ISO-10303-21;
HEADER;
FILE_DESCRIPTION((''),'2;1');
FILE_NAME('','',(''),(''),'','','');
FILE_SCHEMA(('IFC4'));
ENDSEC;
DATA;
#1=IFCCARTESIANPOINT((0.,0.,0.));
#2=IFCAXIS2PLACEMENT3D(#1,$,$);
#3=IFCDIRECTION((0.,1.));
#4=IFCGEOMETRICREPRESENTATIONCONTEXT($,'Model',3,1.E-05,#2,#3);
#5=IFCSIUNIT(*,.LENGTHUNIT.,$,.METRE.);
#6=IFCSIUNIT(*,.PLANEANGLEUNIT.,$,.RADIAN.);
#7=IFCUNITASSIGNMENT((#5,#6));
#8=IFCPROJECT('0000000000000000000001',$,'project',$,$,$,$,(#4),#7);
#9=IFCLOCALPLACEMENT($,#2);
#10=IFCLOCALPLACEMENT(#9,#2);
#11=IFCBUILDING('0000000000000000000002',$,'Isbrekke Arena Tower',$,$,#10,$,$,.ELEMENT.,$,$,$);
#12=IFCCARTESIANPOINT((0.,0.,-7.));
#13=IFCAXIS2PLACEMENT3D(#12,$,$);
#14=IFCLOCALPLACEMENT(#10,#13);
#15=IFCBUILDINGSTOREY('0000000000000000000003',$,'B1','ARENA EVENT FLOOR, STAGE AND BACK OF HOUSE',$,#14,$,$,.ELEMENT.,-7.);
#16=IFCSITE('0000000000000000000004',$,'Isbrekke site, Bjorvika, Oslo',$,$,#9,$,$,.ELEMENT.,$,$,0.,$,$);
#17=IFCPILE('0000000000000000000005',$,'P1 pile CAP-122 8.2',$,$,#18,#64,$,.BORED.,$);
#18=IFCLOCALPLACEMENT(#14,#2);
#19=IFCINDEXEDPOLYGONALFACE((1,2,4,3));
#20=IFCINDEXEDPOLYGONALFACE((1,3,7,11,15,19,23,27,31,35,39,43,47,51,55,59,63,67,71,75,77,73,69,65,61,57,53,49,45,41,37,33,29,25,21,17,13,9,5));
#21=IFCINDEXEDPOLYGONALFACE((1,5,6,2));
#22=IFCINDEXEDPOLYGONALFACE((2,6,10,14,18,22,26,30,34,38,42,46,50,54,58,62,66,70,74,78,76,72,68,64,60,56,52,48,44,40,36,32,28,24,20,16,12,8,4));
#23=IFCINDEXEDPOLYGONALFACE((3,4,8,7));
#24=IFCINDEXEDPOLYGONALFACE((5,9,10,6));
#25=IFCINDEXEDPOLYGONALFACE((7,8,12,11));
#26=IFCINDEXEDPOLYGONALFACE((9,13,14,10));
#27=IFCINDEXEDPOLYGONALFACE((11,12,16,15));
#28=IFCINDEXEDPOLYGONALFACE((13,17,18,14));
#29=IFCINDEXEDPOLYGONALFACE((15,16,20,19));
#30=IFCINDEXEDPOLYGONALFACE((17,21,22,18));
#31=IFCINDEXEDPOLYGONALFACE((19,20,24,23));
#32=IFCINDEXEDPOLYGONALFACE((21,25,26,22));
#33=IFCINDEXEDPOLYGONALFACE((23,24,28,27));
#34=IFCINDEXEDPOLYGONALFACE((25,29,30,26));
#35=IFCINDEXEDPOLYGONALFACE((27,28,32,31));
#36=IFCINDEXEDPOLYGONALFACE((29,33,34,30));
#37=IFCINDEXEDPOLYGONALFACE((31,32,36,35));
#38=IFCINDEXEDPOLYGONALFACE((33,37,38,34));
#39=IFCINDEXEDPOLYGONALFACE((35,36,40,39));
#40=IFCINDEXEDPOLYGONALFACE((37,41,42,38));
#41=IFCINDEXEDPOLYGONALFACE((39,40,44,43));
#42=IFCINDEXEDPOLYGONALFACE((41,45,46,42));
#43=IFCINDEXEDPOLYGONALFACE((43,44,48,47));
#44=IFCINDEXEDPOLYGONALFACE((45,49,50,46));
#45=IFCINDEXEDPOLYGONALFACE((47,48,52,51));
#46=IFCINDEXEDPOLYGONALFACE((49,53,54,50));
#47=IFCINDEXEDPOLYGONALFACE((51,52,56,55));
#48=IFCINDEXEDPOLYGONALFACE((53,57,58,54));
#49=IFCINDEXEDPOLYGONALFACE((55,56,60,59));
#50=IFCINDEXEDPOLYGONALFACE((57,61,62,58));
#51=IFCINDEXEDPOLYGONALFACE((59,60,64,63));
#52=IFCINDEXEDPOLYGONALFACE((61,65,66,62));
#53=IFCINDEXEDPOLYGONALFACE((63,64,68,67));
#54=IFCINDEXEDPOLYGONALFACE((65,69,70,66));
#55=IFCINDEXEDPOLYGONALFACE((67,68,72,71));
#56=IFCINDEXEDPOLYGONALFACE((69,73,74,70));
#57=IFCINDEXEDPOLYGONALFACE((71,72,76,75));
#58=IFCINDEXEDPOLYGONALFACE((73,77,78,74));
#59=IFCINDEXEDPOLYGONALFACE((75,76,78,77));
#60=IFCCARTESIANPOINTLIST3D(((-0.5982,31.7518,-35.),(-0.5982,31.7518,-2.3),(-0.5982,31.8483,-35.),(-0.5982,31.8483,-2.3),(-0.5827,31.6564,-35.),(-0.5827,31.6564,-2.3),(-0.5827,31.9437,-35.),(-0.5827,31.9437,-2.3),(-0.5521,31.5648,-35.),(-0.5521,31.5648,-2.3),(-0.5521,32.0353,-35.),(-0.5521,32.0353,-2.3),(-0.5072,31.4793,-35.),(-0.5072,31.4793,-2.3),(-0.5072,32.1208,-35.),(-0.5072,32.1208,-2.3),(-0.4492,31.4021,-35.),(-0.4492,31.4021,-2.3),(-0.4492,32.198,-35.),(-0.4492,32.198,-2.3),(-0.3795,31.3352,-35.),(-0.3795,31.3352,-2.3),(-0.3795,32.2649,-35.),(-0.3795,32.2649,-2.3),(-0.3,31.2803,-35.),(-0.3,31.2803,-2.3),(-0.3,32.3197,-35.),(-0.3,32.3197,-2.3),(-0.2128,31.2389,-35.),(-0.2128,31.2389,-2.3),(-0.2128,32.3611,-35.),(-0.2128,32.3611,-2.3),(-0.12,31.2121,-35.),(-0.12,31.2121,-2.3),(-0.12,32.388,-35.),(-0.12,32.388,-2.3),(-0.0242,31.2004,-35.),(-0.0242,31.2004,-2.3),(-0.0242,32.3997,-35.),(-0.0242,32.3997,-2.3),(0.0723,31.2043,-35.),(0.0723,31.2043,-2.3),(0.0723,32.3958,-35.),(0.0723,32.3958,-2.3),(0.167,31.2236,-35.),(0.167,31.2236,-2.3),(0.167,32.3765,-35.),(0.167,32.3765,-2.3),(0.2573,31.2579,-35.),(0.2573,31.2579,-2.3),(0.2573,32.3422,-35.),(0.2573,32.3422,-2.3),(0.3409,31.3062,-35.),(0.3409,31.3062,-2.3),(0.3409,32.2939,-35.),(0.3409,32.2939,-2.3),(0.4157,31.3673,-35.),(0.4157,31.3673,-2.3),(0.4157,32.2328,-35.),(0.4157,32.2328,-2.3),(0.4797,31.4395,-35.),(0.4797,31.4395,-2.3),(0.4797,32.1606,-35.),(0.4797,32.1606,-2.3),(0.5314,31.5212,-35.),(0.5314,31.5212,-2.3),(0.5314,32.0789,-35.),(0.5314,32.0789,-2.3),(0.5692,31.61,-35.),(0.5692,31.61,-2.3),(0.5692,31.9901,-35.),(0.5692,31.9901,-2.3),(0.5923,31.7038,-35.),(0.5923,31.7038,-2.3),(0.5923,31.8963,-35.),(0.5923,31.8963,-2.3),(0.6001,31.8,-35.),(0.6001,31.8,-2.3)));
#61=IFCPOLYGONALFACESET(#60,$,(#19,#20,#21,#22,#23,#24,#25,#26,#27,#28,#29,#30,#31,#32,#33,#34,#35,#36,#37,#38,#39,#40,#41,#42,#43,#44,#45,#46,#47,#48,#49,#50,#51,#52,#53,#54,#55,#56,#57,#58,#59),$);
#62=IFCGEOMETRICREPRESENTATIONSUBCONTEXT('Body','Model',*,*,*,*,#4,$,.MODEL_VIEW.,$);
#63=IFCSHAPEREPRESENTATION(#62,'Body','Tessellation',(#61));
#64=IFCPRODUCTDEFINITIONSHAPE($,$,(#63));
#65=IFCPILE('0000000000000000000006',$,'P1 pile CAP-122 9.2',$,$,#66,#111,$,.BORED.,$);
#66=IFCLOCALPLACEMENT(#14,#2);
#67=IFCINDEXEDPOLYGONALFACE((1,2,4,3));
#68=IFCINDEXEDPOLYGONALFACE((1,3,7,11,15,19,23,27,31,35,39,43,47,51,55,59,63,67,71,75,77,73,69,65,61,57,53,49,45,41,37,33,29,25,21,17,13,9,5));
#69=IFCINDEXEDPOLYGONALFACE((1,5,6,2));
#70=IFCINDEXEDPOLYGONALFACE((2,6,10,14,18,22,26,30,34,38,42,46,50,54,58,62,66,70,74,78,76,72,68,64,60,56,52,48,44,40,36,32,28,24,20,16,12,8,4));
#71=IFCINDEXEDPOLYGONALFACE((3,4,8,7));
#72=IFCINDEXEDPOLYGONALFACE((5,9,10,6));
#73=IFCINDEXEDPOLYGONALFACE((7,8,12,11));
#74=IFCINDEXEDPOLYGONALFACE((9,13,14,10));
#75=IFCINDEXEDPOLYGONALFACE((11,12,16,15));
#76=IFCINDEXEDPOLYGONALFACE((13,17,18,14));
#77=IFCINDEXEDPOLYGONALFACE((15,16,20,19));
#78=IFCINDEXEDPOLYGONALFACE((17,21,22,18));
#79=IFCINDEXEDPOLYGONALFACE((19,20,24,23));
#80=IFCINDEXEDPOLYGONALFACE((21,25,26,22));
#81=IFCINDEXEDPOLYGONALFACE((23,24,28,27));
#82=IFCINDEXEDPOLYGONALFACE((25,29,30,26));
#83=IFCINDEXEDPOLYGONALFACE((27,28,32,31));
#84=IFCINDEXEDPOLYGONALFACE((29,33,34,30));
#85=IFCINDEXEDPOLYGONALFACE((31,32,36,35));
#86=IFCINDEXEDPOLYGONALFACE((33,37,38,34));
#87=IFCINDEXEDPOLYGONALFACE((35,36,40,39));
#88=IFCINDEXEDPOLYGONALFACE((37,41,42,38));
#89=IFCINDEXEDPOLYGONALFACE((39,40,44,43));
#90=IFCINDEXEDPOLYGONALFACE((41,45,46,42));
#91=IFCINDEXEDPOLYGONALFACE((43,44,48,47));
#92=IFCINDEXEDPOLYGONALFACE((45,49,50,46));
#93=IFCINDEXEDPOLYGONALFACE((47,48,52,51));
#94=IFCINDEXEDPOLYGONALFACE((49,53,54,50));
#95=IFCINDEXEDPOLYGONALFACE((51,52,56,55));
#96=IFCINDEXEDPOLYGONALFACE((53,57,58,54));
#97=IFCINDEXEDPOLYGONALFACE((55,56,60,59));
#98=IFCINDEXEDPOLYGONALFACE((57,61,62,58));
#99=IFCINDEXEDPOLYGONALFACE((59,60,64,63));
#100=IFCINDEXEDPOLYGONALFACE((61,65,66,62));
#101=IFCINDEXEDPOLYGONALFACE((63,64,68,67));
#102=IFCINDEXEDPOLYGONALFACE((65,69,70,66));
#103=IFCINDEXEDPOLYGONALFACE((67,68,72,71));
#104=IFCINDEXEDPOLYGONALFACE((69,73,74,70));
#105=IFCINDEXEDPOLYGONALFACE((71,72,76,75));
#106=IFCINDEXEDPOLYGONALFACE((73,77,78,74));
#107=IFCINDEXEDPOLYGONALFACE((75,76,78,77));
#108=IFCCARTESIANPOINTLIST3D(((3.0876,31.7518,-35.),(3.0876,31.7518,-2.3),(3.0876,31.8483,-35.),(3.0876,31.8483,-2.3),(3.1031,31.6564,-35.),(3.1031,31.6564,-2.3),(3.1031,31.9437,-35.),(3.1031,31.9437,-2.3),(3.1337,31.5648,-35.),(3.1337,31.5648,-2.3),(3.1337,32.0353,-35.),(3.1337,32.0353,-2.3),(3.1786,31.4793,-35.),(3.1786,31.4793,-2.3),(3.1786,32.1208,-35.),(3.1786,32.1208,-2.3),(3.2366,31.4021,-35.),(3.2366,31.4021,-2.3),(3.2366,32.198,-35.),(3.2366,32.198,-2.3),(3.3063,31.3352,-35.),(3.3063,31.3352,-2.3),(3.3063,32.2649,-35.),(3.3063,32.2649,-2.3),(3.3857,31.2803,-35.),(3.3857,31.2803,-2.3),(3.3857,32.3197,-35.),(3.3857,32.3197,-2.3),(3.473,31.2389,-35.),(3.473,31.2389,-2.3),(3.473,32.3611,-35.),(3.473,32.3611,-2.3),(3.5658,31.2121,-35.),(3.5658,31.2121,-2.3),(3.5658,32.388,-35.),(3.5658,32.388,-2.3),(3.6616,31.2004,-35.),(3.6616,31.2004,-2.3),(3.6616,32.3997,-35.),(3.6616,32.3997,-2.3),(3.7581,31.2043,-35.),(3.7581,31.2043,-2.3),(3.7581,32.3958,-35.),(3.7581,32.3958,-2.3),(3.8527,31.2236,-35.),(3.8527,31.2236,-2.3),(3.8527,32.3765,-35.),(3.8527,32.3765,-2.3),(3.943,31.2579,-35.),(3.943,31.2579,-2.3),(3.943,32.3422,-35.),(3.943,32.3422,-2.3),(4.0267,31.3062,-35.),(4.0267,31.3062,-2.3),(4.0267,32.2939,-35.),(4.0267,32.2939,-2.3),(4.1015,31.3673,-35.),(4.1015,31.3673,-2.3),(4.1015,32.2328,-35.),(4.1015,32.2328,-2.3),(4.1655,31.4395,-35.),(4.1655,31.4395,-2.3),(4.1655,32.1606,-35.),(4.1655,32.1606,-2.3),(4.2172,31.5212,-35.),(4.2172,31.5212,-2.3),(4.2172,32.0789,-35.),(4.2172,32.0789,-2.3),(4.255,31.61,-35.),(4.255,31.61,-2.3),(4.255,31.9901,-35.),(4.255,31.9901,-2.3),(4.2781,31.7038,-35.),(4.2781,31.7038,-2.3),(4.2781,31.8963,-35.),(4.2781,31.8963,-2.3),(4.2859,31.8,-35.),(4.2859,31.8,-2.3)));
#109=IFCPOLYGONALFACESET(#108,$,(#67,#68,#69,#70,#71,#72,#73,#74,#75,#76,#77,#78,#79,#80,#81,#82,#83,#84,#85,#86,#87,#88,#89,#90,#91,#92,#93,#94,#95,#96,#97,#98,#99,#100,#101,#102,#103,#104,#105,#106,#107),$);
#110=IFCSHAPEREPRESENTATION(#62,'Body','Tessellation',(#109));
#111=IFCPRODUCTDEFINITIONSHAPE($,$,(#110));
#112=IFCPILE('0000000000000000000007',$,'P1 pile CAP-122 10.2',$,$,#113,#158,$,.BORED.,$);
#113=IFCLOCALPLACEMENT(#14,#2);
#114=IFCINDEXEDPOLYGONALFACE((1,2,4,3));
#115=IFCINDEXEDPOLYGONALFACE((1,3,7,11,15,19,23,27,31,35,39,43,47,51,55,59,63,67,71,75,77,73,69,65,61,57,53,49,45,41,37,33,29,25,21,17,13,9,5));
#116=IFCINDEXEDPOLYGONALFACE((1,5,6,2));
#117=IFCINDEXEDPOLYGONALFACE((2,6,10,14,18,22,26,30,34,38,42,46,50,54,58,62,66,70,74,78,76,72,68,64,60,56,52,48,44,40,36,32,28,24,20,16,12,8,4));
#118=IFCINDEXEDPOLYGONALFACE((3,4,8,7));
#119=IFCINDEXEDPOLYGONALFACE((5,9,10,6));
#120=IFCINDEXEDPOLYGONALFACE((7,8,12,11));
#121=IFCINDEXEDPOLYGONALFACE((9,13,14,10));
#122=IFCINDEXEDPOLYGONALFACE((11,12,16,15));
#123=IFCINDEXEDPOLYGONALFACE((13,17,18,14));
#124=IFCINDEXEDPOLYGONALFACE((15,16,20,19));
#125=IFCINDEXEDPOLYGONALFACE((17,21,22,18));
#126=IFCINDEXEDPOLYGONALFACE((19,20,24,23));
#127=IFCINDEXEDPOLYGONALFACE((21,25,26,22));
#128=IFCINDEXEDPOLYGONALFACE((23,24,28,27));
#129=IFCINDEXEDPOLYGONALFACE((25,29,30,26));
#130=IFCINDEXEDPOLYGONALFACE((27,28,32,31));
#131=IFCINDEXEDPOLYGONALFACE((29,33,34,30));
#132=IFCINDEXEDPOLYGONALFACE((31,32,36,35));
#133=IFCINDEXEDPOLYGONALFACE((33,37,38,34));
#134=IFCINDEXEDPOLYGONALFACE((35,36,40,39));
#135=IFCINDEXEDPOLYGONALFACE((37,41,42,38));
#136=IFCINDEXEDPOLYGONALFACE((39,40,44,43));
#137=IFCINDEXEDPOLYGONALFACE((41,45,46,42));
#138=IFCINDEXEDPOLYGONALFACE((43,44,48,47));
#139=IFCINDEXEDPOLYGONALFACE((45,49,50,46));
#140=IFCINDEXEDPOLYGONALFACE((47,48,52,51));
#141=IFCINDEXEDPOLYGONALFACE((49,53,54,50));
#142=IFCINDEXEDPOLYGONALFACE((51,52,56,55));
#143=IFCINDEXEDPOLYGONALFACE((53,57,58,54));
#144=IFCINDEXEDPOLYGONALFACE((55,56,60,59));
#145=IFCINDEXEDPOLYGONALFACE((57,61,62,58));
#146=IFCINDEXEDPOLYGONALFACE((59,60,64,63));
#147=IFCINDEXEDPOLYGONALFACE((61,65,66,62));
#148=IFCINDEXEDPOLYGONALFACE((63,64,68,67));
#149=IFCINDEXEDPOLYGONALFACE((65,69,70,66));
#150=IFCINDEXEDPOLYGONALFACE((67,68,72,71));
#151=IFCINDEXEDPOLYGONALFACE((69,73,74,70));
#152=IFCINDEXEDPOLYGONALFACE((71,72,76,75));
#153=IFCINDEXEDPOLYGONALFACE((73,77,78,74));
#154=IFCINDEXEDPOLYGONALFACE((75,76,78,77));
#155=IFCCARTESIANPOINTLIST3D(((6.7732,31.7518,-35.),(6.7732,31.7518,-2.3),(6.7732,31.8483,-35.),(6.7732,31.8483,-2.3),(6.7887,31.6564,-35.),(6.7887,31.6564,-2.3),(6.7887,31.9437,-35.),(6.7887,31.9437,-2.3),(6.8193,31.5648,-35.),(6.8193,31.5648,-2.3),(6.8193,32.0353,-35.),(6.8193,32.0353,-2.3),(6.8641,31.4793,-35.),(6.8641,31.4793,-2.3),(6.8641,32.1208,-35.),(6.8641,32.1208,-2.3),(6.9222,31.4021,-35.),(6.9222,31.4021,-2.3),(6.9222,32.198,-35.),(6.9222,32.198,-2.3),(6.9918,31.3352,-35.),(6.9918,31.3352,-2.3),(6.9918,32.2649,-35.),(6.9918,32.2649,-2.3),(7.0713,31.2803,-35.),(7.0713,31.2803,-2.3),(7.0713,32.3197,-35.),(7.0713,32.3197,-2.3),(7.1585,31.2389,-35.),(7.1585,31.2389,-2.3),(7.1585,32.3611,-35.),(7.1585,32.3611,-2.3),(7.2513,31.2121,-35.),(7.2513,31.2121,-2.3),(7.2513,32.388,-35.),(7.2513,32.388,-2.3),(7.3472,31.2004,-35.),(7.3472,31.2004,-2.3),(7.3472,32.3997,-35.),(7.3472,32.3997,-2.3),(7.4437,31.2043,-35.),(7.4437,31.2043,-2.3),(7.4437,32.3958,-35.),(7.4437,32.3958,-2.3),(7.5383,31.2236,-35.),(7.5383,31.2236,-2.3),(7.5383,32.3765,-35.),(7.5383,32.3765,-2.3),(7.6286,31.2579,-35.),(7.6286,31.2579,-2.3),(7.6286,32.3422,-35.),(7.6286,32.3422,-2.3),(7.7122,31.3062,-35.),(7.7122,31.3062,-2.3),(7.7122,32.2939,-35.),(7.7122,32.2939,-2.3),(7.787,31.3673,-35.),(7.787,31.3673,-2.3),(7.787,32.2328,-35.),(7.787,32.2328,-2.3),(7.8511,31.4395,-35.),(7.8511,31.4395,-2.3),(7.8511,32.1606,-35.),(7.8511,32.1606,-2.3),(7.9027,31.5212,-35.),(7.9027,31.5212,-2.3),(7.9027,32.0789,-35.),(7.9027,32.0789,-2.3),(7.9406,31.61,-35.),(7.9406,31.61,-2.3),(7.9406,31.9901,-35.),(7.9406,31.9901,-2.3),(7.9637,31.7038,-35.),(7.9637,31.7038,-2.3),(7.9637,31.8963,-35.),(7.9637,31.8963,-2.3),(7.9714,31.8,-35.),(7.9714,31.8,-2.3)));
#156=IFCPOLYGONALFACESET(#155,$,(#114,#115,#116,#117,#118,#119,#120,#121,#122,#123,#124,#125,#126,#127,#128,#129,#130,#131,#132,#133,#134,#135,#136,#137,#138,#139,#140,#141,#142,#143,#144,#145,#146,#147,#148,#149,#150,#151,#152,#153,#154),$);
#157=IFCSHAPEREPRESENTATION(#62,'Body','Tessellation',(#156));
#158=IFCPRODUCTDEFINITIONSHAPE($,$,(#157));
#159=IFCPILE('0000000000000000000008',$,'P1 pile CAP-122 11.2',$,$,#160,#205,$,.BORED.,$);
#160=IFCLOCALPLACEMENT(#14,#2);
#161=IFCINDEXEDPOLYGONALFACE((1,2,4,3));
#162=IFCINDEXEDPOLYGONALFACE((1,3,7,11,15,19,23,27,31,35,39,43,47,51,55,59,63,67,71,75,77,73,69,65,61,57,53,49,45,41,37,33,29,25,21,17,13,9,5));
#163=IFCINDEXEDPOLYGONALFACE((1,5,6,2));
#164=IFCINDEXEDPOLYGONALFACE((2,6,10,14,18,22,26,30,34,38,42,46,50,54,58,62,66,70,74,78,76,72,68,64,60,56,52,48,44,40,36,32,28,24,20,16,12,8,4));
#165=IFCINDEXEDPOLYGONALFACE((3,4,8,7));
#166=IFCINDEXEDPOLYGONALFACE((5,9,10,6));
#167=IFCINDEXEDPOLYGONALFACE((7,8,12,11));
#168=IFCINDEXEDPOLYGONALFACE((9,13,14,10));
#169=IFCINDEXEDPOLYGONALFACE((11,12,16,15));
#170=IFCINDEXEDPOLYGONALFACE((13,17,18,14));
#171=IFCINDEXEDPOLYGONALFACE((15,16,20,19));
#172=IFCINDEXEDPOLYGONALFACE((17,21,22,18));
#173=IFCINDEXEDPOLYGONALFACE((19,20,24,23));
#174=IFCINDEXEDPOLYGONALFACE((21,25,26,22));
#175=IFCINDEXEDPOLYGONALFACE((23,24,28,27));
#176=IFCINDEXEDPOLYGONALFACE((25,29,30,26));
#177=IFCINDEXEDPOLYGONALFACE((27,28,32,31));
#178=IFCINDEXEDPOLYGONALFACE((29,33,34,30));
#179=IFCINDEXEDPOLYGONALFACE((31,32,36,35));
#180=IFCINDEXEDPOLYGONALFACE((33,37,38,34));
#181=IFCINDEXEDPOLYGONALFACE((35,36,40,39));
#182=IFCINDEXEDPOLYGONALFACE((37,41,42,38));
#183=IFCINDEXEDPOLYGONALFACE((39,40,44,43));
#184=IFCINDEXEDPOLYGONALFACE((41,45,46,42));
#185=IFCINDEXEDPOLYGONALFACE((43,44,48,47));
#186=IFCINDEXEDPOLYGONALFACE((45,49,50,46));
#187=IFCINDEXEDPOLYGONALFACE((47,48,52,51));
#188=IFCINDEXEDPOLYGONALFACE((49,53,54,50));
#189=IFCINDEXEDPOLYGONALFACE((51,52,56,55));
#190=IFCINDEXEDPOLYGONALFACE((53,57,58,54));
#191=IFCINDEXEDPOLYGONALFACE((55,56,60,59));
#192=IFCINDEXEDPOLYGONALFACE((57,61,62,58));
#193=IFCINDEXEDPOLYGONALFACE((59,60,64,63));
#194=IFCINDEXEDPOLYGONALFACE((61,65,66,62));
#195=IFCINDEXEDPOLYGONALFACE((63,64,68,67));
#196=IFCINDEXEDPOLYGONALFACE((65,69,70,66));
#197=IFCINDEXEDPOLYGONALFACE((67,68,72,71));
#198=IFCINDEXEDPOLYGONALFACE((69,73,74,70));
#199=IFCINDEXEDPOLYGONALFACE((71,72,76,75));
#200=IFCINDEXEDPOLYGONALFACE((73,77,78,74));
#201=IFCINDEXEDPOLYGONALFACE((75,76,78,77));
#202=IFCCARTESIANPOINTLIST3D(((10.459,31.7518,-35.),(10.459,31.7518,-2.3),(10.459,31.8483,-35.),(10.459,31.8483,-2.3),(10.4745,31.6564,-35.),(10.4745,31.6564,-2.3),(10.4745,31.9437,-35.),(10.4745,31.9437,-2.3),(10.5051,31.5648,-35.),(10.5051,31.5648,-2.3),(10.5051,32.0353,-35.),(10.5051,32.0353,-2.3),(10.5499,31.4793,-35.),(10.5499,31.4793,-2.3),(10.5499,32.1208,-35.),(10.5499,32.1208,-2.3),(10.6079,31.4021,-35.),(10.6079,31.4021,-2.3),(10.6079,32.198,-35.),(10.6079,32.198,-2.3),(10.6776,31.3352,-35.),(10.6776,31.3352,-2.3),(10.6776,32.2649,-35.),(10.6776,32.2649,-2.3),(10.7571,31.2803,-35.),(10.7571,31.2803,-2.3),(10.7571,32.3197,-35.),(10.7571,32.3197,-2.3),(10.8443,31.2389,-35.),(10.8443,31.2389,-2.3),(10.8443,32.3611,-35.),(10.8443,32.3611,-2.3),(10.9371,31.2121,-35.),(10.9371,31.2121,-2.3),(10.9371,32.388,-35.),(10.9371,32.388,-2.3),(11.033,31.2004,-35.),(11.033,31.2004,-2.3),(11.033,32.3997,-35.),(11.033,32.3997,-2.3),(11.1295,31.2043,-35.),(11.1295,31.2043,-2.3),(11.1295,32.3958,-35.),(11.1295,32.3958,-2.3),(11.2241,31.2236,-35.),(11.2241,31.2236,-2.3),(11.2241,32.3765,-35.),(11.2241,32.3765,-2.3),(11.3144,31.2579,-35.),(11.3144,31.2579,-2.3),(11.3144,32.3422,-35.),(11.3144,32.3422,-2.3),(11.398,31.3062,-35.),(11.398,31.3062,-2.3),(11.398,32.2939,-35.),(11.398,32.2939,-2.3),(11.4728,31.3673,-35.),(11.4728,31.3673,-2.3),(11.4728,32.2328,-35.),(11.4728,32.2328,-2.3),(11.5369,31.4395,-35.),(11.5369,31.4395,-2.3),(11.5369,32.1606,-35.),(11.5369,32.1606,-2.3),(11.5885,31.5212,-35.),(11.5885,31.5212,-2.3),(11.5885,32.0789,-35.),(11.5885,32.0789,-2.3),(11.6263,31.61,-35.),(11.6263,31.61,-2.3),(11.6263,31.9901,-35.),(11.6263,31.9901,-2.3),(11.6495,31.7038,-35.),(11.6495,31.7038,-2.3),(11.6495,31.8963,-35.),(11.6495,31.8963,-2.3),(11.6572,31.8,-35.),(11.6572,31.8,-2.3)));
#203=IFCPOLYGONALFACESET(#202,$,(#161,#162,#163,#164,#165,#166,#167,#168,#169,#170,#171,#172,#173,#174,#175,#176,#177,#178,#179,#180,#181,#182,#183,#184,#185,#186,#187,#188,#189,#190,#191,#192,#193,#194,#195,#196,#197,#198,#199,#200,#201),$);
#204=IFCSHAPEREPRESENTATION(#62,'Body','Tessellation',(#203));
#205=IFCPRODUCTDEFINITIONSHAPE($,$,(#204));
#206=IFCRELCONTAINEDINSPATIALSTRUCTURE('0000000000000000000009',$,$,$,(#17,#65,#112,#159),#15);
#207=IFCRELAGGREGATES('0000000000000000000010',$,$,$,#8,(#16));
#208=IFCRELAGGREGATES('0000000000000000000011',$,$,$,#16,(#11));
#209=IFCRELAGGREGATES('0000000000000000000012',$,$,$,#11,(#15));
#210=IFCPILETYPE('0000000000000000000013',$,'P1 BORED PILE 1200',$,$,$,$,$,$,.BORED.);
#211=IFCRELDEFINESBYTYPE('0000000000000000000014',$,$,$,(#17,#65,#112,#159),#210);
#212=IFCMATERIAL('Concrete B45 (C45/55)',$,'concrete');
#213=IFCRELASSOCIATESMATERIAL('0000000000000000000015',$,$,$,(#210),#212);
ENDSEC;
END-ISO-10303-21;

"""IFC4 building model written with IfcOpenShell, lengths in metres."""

from ifc_helpers import new_model, si_unit, direction, frame, origin, origin_2d, place, context, subcontext, project, spatial, circle, extrude, material, material_profile, profile_set, type_object, element, save


model = new_model("IFC4")

# Units and contexts
model_context = context("Model", 3, precision=1e-05, world=origin(), true_north=direction((0.0, 1.0)))
body_context = subcontext(model_context, "Body", "Model", "MODEL_VIEW")
ifc_project = project(units=[si_unit("LENGTHUNIT", "METRE"), si_unit("PLANEANGLEUNIT", "RADIAN")], contexts=[model_context])

# Site, building, storey
site_placement = place(None, origin())
site = spatial("IfcSite", under=ifc_project, at=site_placement, Name="Isbrekke site, Bjorvika, Oslo", CompositionType="ELEMENT", RefElevation=0.0)
building_placement = place(site_placement, origin())
building = spatial("IfcBuilding", under=site, at=building_placement, Name="Isbrekke Arena Tower", CompositionType="ELEMENT")
storey_placement = place(building_placement, frame((0.0, 0.0, -7.0)))
storey = spatial("IfcBuildingStorey", under=building, at=storey_placement, Name="B1", Description="ARENA EVENT FLOOR, STAGE AND BACK OF HOUSE", CompositionType="ELEMENT", Elevation=-7.0)

# Piles
ifc_material_1 = material(Name="Concrete B45 (C45/55)", Category="concrete")
ifc_material_profile_1 = material_profile(ifc_material_1, circle(Radius=0.6001, at=origin_2d()), Name="BORED PILE D1200")
ifc_profile_set_1 = profile_set([ifc_material_profile_1], Name="Concrete B45 (C45/55)")
pile_type = type_object("IfcPileType", Name="P1 BORED PILE 1200", PredefinedType="BORED", material=ifc_profile_set_1)
for number, where, z_axis, x_axis, name in (
    (1, (0.0, 31.8, -2.3), (0.0, 0.0, -1.0), (1.0, 0.0, 0.0), "P1 pile CAP-122 8.2"),
    (2, (3.6858, 31.8, -2.3), (0.0, 0.0, -1.0), (1.0, 0.0, 0.0), "P1 pile CAP-122 9.2"),
    (3, (7.3713, 31.8, -2.3), (0.0, 0.0, -1.0), (1.0, 0.0, 0.0), "P1 pile CAP-122 10.2"),
    (4, (11.0571, 31.8, -2.3), (0.0, 0.0, -1.0), (1.0, 0.0, 0.0), "P1 pile CAP-122 11.2"),
):
    element("IfcPile", number, at=place(storey_placement, frame(where, z_axis=z_axis, x_axis=x_axis)), inside=storey, type_object=pile_type, Name=name, PredefinedType="BORED", context=body_context, shape_type="SweptSolid", body=[
        extrude(circle(Radius=0.6001, at=origin_2d()), origin(), (0.0, 0.0, 1.0), 32.7),
    ])

save(model, "model.ifc")
